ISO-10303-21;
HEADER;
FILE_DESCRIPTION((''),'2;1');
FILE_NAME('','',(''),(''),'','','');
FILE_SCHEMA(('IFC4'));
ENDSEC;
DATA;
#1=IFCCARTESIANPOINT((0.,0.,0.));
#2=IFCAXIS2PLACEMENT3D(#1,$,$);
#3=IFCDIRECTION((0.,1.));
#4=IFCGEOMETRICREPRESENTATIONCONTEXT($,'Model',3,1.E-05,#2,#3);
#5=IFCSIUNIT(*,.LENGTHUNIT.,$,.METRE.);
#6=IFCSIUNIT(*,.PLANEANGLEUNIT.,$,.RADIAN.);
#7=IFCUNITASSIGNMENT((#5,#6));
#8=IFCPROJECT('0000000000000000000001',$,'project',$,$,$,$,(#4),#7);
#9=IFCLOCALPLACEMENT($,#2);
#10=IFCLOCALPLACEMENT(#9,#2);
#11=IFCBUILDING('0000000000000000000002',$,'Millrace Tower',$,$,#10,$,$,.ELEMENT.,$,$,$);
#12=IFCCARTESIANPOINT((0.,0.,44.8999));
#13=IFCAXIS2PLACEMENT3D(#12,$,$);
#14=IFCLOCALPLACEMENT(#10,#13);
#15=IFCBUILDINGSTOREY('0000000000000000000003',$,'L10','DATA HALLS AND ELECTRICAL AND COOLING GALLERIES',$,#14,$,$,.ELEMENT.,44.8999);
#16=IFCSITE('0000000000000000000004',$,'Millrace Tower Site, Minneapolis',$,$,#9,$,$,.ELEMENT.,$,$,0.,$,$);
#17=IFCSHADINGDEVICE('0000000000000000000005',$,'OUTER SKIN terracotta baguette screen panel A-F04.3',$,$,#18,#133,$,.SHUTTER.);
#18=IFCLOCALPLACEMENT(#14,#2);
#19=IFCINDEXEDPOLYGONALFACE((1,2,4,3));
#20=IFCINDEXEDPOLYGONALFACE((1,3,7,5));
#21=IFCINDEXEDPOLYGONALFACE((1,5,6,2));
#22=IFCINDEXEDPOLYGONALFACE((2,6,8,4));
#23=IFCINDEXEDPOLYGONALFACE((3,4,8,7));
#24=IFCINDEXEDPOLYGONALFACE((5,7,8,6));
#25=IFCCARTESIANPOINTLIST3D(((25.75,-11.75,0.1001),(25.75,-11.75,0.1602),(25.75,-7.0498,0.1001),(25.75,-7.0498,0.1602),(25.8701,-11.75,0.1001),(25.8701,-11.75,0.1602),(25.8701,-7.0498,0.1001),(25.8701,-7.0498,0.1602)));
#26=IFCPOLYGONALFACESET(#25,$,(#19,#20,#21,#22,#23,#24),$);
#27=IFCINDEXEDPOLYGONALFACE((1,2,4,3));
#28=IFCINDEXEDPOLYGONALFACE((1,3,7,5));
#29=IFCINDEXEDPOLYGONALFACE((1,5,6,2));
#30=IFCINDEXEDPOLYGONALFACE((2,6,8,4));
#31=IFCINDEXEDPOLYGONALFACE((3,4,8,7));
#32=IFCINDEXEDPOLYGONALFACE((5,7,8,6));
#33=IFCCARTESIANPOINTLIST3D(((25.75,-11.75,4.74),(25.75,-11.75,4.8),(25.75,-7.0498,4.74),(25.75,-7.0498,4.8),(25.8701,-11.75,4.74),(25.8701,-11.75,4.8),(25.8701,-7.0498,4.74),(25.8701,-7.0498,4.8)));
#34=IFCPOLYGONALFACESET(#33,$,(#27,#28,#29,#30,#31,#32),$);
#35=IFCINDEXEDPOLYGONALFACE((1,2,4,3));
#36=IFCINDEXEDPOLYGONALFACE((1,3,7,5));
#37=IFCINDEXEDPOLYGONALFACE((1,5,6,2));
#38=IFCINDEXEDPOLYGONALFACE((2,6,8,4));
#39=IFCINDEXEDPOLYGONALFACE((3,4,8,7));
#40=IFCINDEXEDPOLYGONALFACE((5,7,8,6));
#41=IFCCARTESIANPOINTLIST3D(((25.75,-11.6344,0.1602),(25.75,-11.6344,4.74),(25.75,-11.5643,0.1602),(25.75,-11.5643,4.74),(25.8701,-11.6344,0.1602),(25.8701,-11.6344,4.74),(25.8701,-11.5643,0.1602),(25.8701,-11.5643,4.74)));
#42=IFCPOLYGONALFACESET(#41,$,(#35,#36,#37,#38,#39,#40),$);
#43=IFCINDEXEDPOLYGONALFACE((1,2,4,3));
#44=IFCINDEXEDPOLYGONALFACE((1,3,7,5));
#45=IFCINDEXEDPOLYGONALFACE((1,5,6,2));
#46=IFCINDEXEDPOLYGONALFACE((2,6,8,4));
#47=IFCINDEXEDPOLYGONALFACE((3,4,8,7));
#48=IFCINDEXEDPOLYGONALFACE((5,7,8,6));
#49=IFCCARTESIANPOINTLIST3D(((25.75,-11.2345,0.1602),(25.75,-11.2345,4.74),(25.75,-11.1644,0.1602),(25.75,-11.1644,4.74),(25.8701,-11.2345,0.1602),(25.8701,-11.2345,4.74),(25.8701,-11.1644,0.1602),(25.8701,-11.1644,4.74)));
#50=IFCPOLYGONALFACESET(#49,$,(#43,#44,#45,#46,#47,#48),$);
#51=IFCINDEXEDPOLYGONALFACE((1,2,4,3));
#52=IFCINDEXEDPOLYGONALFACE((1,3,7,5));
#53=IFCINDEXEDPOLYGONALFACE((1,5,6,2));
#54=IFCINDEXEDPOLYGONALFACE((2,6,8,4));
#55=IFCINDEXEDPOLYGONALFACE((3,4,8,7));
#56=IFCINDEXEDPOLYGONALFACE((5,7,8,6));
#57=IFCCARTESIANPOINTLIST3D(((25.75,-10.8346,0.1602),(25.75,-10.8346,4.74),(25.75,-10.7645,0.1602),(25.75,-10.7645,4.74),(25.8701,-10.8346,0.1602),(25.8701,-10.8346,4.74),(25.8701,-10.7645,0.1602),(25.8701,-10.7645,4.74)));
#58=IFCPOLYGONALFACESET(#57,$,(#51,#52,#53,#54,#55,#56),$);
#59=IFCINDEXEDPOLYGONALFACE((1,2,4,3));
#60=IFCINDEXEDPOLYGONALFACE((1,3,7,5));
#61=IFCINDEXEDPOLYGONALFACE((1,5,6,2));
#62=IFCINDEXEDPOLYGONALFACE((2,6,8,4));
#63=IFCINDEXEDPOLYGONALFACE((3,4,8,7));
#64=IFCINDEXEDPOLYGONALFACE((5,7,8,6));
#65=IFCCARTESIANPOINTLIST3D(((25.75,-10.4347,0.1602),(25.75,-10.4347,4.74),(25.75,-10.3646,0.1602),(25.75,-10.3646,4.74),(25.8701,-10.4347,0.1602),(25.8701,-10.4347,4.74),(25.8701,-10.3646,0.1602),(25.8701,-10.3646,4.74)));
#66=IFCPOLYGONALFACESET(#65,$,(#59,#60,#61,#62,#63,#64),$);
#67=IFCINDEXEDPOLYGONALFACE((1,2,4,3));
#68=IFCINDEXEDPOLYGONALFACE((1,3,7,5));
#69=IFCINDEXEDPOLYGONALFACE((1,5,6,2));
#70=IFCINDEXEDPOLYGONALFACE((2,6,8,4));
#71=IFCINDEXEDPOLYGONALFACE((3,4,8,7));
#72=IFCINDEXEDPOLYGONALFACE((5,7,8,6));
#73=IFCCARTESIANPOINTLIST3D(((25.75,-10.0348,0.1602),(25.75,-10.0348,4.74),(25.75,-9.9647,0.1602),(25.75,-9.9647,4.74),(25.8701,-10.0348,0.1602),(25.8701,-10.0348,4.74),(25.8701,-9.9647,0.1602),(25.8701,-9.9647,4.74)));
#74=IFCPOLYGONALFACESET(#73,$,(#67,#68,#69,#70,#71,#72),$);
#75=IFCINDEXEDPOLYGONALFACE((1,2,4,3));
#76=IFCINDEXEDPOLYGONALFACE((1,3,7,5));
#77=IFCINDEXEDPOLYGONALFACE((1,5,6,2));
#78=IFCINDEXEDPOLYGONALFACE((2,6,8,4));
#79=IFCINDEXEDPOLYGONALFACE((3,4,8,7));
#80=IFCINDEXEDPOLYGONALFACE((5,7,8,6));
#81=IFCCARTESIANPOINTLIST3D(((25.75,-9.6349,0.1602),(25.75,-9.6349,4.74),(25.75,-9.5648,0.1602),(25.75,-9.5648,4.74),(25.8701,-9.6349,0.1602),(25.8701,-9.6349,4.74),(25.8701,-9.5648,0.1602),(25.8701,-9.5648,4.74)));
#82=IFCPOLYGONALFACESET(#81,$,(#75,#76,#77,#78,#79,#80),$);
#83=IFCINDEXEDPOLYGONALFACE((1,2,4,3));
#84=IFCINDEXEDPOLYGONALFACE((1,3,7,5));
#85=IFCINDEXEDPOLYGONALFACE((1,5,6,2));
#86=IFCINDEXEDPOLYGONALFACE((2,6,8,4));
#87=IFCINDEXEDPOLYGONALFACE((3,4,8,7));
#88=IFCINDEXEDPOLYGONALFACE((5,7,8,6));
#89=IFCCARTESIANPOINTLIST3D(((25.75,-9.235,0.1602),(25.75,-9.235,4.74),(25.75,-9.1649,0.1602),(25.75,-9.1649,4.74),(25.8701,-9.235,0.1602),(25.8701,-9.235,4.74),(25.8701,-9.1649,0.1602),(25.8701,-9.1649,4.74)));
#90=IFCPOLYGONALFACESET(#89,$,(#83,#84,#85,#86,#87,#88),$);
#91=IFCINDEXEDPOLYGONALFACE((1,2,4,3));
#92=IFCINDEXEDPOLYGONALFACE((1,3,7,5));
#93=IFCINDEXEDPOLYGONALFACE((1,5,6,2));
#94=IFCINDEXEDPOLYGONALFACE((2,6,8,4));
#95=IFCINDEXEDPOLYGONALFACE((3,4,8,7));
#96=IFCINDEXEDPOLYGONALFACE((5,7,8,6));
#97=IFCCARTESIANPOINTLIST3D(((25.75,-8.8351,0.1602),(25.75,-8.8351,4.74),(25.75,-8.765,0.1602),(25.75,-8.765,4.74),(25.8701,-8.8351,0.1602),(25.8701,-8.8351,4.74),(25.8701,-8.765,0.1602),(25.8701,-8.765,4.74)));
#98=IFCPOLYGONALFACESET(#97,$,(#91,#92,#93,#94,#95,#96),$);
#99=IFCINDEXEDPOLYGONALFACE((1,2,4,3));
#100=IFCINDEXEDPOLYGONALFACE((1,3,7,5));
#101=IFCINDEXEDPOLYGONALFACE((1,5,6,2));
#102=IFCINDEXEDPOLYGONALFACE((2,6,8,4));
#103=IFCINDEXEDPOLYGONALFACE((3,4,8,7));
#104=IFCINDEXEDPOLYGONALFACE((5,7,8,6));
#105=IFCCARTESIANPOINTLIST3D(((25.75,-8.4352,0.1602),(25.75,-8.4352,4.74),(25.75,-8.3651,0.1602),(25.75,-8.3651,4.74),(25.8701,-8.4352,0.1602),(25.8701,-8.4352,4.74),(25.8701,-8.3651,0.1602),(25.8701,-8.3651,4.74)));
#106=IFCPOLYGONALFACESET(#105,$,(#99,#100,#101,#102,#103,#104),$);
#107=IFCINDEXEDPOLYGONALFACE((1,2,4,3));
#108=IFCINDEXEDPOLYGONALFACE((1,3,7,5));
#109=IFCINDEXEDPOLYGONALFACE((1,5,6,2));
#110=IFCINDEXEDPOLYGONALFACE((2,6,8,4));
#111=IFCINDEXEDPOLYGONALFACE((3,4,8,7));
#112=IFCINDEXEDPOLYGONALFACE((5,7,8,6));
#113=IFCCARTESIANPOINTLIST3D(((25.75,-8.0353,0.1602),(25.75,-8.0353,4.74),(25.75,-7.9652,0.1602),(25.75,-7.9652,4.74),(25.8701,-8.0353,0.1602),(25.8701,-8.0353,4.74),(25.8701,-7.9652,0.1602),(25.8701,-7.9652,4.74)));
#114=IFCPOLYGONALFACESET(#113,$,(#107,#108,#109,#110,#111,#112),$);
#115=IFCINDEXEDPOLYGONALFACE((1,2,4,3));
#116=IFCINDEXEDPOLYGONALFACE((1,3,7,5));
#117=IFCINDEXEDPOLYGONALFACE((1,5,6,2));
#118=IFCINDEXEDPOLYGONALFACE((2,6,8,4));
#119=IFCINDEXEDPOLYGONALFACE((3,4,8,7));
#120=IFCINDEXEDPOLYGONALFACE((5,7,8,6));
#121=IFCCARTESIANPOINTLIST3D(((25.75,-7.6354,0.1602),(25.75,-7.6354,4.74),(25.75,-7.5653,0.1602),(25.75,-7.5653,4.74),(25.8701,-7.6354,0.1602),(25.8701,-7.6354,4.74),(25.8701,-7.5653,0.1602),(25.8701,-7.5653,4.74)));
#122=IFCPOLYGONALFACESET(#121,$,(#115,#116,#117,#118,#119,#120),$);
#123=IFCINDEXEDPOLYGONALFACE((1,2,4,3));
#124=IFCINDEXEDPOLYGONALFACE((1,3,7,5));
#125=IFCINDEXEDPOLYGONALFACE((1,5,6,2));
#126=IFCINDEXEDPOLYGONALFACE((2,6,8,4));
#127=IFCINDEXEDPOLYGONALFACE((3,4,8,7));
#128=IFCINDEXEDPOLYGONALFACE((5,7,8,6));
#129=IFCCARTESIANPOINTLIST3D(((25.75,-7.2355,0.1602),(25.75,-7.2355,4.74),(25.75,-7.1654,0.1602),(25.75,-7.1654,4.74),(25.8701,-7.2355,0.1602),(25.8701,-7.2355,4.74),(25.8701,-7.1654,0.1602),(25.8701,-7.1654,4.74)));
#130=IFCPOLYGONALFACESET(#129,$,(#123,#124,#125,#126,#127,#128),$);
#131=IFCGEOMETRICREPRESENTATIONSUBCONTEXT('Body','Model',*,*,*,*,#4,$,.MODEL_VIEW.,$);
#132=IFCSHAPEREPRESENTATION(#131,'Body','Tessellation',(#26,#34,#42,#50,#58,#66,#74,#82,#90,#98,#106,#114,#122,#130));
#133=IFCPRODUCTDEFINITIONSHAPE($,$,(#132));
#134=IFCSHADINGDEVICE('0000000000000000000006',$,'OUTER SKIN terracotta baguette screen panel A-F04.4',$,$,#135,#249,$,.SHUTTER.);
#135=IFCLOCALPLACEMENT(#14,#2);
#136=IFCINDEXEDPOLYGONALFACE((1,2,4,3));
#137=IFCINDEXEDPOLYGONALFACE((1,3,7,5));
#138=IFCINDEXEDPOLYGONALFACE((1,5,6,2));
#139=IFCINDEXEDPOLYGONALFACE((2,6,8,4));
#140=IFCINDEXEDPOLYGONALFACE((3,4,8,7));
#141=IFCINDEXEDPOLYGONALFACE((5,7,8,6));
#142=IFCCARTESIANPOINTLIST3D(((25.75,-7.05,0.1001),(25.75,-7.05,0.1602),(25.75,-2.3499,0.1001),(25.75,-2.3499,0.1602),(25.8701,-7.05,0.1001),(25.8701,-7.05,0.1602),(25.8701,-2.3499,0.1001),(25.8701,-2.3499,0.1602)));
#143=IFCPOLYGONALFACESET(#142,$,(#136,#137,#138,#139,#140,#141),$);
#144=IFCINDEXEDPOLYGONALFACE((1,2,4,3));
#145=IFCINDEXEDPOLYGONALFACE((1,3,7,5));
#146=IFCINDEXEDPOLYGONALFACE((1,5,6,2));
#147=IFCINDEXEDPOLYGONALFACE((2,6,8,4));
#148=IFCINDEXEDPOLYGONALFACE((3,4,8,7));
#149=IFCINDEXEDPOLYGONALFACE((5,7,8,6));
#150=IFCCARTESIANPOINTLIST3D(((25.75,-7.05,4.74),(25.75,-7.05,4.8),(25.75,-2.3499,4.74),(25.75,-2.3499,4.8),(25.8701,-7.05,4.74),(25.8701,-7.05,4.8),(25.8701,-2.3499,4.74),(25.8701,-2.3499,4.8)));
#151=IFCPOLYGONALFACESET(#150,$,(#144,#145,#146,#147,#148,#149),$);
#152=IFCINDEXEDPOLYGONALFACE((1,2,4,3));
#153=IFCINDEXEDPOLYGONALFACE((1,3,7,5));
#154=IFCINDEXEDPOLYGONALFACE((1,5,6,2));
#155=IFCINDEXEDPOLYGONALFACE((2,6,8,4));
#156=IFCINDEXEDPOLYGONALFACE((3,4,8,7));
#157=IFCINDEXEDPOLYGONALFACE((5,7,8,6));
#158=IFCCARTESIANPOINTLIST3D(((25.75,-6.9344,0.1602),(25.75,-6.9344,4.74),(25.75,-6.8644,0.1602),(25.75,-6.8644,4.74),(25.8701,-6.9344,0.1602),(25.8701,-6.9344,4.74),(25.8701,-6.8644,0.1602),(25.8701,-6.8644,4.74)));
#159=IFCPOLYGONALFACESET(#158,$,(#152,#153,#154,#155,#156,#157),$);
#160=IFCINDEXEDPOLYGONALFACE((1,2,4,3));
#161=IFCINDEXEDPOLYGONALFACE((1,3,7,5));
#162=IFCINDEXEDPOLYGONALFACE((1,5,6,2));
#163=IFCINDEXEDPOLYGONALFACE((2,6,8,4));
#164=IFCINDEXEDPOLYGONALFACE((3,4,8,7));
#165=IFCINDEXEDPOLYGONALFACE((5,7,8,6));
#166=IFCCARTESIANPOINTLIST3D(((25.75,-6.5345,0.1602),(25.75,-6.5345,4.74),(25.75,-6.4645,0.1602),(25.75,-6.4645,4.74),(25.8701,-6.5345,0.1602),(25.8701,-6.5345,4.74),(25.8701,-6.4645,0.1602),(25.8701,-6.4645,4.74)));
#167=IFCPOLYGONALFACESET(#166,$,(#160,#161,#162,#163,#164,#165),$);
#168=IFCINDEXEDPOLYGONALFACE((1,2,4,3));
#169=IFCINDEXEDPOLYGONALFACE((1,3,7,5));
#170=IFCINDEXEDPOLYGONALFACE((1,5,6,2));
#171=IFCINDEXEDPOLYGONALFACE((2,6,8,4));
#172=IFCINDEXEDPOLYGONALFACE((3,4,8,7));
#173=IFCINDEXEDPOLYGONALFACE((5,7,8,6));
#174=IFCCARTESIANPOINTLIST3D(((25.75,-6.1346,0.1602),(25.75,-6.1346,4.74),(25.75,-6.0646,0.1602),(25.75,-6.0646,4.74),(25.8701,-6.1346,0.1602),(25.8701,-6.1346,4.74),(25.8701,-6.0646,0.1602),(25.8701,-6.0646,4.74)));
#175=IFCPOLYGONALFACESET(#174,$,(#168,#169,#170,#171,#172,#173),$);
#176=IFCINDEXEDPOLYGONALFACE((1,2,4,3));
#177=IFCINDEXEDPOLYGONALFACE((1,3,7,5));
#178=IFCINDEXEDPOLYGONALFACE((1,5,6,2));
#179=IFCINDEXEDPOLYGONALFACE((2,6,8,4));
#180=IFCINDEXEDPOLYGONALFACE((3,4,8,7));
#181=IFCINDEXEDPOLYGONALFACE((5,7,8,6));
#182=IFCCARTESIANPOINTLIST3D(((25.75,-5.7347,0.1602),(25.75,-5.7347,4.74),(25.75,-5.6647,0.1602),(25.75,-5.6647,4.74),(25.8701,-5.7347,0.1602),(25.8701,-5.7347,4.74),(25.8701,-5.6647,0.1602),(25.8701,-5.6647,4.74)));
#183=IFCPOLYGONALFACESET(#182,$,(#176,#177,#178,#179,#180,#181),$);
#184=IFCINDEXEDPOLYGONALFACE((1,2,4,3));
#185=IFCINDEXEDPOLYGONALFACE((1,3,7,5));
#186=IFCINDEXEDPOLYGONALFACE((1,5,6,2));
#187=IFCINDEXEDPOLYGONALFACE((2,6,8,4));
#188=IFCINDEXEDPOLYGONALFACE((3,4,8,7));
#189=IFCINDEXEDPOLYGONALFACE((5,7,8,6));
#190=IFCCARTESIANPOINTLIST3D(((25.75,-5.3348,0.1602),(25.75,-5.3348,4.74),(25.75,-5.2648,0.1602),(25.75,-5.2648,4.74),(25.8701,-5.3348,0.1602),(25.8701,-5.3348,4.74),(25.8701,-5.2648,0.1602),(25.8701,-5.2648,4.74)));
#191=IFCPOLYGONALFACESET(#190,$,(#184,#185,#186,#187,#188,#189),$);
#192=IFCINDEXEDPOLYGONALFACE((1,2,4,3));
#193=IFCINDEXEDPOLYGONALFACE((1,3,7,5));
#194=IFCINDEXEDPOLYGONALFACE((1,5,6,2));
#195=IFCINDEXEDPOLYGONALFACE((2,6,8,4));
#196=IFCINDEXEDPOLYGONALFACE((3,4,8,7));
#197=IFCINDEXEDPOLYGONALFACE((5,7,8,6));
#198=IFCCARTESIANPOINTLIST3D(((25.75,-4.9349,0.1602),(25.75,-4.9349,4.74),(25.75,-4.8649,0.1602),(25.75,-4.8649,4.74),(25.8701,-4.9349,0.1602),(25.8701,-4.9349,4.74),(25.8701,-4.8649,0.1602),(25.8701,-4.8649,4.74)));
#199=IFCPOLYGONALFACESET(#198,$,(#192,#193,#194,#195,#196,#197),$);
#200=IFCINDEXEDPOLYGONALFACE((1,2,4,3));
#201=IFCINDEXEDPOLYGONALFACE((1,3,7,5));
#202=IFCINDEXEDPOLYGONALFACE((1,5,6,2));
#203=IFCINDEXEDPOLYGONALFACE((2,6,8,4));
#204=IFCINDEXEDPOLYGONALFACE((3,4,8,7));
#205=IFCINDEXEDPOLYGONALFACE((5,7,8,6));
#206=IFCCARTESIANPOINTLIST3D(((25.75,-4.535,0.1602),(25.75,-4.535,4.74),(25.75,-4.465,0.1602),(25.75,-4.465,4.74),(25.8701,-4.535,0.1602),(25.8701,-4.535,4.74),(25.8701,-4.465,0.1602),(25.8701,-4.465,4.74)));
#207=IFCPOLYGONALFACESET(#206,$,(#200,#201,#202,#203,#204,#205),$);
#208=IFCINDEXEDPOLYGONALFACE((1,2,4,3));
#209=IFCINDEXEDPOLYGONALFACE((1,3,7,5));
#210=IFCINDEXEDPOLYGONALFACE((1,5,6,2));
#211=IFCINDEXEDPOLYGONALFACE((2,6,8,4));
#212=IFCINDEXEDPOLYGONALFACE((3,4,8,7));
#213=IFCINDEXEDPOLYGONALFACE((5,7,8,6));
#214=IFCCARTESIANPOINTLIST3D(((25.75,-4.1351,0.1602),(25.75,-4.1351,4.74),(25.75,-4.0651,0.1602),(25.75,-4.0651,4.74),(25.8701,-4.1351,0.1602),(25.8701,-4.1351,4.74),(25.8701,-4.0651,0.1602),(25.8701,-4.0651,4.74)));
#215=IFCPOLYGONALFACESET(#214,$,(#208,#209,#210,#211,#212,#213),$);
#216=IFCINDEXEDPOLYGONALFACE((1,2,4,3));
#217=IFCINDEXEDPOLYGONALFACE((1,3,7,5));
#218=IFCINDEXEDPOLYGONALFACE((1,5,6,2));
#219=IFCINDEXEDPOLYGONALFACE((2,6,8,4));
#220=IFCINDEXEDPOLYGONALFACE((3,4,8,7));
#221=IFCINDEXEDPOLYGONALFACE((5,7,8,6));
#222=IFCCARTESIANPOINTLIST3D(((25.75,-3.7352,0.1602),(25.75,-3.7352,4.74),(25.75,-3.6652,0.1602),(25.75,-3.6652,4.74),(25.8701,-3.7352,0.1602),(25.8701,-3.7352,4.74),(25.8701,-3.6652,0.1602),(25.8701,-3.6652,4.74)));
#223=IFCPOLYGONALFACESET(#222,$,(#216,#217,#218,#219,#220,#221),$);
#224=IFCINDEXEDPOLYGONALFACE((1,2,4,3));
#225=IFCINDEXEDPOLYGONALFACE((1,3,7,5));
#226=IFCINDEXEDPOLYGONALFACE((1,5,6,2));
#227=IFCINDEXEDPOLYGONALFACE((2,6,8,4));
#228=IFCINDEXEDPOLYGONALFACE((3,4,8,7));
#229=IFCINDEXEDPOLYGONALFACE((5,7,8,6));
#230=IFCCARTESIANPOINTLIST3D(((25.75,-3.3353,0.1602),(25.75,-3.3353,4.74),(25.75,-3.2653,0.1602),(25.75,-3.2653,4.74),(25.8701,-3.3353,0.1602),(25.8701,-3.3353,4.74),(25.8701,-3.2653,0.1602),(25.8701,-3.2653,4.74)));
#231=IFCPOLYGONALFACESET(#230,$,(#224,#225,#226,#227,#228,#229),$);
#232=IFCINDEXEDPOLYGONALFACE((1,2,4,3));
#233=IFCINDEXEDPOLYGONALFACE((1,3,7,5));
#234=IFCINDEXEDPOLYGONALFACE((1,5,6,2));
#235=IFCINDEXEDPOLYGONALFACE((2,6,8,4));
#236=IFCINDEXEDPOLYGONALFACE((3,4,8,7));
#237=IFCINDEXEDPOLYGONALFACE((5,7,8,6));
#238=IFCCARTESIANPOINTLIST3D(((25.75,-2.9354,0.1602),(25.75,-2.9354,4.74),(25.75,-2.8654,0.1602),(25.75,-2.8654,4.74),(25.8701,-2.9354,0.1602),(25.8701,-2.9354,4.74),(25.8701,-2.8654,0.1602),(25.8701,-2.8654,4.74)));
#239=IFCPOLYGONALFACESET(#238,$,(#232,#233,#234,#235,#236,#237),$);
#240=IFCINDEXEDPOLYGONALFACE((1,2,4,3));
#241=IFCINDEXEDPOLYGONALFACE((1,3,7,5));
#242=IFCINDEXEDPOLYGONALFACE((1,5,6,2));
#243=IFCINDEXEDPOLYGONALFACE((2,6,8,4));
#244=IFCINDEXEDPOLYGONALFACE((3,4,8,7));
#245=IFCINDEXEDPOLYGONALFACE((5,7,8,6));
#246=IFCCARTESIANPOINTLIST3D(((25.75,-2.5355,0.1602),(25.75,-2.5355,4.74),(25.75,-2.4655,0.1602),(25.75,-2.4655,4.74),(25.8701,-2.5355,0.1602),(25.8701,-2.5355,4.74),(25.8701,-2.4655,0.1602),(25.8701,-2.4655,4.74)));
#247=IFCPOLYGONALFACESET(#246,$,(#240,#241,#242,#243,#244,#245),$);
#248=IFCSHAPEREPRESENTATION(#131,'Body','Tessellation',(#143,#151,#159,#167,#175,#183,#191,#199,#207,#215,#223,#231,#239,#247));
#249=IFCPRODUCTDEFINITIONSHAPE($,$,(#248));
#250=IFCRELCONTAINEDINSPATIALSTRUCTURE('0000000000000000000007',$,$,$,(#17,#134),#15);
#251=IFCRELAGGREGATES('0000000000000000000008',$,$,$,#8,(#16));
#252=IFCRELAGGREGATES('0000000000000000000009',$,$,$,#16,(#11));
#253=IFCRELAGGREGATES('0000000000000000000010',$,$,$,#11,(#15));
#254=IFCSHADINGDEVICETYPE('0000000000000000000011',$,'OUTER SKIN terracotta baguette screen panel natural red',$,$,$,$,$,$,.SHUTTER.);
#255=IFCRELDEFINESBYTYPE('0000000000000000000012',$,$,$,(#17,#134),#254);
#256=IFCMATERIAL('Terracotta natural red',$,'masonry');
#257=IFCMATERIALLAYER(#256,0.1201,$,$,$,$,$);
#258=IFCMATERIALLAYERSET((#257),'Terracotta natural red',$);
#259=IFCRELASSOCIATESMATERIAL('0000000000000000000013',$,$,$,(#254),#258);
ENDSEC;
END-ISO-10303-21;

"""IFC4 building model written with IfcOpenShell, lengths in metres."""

from ifc_helpers import new_model, entity, si_unit, direction, frame, frame_2d, origin, place, context, subcontext, project, spatial, rectangle, extrude, source, transform, mapped, material, layer, layer_set, type_object, element, save


model = new_model("IFC4")

# Units and contexts
model_context = context("Model", 3, precision=1e-05, world=origin(), true_north=direction((0.0, 1.0)))
body_context = subcontext(model_context, "Body", "Model", "MODEL_VIEW")
ifc_project = project(units=[si_unit("LENGTHUNIT", "METRE"), si_unit("PLANEANGLEUNIT", "RADIAN")], contexts=[model_context])

# Site, building, storey
site_placement = place(None, origin())
site = spatial("IfcSite", under=ifc_project, at=site_placement, Name="Millrace Tower Site, Minneapolis", CompositionType="ELEMENT", RefElevation=0.0)
building_placement = place(site_placement, origin())
building = spatial("IfcBuilding", under=site, at=building_placement, Name="Millrace Tower", CompositionType="ELEMENT")
storey_placement = place(building_placement, frame((0.0, 0.0, 44.8999)))
storey = spatial("IfcBuildingStorey", under=building, at=storey_placement, Name="L10", Description="DATA HALLS AND ELECTRICAL AND COOLING GALLERIES", CompositionType="ELEMENT", Elevation=44.8999)

# Shading devices
cartesian_point = entity("IfcCartesianPoint", [-2.3501, 0.0601])
shared_polyline = entity("IfcPolyline", [cartesian_point, entity("IfcCartesianPoint", [2.3501, 0.0601]), entity("IfcCartesianPoint", [2.3501, -0.0601]), entity("IfcCartesianPoint", [-2.3501, -0.0601]), cartesian_point])
ifc_material_1 = material(Name="Terracotta natural red", Category="masonry")
ifc_layer_1 = layer(ifc_material_1, 0.1201)
ifc_layer_set_1 = layer_set([ifc_layer_1], Name="Terracotta natural red")
shading_device_type_1 = type_object("IfcShadingDeviceType", Name="OUTER SKIN terracotta baguette screen panel natural red", PredefinedType="SHUTTER", material=ifc_layer_set_1)
shared_shape_1 = source(origin(), body_context, "Body", "SweptSolid", [
    entity("IfcExtrudedAreaSolid", entity("IfcArbitraryClosedProfileDef", "AREA", None, shared_polyline), entity("IfcAxis2Placement3D", entity("IfcCartesianPoint", [0.0, 0.0, 0.0])), entity("IfcDirection", [0.0, 0.0, 1.0]), 0.0601),
    entity("IfcExtrudedAreaSolid", entity("IfcArbitraryClosedProfileDef", "AREA", None, shared_polyline), entity("IfcAxis2Placement3D", entity("IfcCartesianPoint", [0.0, 0.0, 4.6399])), entity("IfcDirection", [0.0, 0.0, 1.0]), 0.0601),
    extrude(rectangle(XDim=0.0701, YDim=0.1201, at=frame_2d((-2.1995, 0.0))), frame((0.0, 0.0, 0.0601)), (0.0, 0.0, 1.0), 4.5798),
    extrude(rectangle(XDim=0.0701, YDim=0.1201, at=frame_2d((-1.7996, 0.0))), frame((0.0, 0.0, 0.0601)), (0.0, 0.0, 1.0), 4.5798),
    extrude(rectangle(XDim=0.0701, YDim=0.1201, at=frame_2d((-1.3997, 0.0))), frame((0.0, 0.0, 0.0601)), (0.0, 0.0, 1.0), 4.5798),
    extrude(rectangle(XDim=0.0701, YDim=0.1201, at=frame_2d((-0.9998, 0.0))), frame((0.0, 0.0, 0.0601)), (0.0, 0.0, 1.0), 4.5798),
    extrude(rectangle(XDim=0.0701, YDim=0.1201, at=frame_2d((-0.5999, 0.0))), frame((0.0, 0.0, 0.0601)), (0.0, 0.0, 1.0), 4.5798),
    extrude(rectangle(XDim=0.0701, YDim=0.1201, at=frame_2d((-0.2, 0.0))), frame((0.0, 0.0, 0.0601)), (0.0, 0.0, 1.0), 4.5798),
    extrude(rectangle(XDim=0.0701, YDim=0.1201, at=frame_2d((0.2, 0.0))), frame((0.0, 0.0, 0.0601)), (0.0, 0.0, 1.0), 4.5798),
    extrude(rectangle(XDim=0.0701, YDim=0.1201, at=frame_2d((0.5999, 0.0))), frame((0.0, 0.0, 0.0601)), (0.0, 0.0, 1.0), 4.5798),
    extrude(rectangle(XDim=0.0701, YDim=0.1201, at=frame_2d((0.9998, 0.0))), frame((0.0, 0.0, 0.0601)), (0.0, 0.0, 1.0), 4.5798),
    extrude(rectangle(XDim=0.0701, YDim=0.1201, at=frame_2d((1.3997, 0.0))), frame((0.0, 0.0, 0.0601)), (0.0, 0.0, 1.0), 4.5798),
    extrude(rectangle(XDim=0.0701, YDim=0.1201, at=frame_2d((1.7996, 0.0))), frame((0.0, 0.0, 0.0601)), (0.0, 0.0, 1.0), 4.5798),
    extrude(rectangle(XDim=0.0701, YDim=0.1201, at=frame_2d((2.1995, 0.0))), frame((0.0, 0.0, 0.0601)), (0.0, 0.0, 1.0), 4.5798),
])
for number, where, z_axis, x_axis, name in (
    (1, (25.8101, -9.3999, 0.1001), (0.0, 0.0, 1.0), (0.0, 1.0, 0.0), "OUTER SKIN terracotta baguette screen panel A-F04.3"),
    (2, (25.8101, -4.7, 0.1001), (0.0, 0.0, 1.0), (0.0, 1.0, 0.0), "OUTER SKIN terracotta baguette screen panel A-F04.4"),
):
    element("IfcShadingDevice", number, at=place(storey_placement, frame(where, z_axis=z_axis, x_axis=x_axis)), inside=storey, type_object=shading_device_type_1, Name=name, PredefinedType="SHUTTER", context=body_context, shape_type="MappedRepresentation", body=[
        mapped(shared_shape_1, transform((0.0, 0.0, 0.0), scale=1.0)),
    ])

save(model, "model.ifc")
